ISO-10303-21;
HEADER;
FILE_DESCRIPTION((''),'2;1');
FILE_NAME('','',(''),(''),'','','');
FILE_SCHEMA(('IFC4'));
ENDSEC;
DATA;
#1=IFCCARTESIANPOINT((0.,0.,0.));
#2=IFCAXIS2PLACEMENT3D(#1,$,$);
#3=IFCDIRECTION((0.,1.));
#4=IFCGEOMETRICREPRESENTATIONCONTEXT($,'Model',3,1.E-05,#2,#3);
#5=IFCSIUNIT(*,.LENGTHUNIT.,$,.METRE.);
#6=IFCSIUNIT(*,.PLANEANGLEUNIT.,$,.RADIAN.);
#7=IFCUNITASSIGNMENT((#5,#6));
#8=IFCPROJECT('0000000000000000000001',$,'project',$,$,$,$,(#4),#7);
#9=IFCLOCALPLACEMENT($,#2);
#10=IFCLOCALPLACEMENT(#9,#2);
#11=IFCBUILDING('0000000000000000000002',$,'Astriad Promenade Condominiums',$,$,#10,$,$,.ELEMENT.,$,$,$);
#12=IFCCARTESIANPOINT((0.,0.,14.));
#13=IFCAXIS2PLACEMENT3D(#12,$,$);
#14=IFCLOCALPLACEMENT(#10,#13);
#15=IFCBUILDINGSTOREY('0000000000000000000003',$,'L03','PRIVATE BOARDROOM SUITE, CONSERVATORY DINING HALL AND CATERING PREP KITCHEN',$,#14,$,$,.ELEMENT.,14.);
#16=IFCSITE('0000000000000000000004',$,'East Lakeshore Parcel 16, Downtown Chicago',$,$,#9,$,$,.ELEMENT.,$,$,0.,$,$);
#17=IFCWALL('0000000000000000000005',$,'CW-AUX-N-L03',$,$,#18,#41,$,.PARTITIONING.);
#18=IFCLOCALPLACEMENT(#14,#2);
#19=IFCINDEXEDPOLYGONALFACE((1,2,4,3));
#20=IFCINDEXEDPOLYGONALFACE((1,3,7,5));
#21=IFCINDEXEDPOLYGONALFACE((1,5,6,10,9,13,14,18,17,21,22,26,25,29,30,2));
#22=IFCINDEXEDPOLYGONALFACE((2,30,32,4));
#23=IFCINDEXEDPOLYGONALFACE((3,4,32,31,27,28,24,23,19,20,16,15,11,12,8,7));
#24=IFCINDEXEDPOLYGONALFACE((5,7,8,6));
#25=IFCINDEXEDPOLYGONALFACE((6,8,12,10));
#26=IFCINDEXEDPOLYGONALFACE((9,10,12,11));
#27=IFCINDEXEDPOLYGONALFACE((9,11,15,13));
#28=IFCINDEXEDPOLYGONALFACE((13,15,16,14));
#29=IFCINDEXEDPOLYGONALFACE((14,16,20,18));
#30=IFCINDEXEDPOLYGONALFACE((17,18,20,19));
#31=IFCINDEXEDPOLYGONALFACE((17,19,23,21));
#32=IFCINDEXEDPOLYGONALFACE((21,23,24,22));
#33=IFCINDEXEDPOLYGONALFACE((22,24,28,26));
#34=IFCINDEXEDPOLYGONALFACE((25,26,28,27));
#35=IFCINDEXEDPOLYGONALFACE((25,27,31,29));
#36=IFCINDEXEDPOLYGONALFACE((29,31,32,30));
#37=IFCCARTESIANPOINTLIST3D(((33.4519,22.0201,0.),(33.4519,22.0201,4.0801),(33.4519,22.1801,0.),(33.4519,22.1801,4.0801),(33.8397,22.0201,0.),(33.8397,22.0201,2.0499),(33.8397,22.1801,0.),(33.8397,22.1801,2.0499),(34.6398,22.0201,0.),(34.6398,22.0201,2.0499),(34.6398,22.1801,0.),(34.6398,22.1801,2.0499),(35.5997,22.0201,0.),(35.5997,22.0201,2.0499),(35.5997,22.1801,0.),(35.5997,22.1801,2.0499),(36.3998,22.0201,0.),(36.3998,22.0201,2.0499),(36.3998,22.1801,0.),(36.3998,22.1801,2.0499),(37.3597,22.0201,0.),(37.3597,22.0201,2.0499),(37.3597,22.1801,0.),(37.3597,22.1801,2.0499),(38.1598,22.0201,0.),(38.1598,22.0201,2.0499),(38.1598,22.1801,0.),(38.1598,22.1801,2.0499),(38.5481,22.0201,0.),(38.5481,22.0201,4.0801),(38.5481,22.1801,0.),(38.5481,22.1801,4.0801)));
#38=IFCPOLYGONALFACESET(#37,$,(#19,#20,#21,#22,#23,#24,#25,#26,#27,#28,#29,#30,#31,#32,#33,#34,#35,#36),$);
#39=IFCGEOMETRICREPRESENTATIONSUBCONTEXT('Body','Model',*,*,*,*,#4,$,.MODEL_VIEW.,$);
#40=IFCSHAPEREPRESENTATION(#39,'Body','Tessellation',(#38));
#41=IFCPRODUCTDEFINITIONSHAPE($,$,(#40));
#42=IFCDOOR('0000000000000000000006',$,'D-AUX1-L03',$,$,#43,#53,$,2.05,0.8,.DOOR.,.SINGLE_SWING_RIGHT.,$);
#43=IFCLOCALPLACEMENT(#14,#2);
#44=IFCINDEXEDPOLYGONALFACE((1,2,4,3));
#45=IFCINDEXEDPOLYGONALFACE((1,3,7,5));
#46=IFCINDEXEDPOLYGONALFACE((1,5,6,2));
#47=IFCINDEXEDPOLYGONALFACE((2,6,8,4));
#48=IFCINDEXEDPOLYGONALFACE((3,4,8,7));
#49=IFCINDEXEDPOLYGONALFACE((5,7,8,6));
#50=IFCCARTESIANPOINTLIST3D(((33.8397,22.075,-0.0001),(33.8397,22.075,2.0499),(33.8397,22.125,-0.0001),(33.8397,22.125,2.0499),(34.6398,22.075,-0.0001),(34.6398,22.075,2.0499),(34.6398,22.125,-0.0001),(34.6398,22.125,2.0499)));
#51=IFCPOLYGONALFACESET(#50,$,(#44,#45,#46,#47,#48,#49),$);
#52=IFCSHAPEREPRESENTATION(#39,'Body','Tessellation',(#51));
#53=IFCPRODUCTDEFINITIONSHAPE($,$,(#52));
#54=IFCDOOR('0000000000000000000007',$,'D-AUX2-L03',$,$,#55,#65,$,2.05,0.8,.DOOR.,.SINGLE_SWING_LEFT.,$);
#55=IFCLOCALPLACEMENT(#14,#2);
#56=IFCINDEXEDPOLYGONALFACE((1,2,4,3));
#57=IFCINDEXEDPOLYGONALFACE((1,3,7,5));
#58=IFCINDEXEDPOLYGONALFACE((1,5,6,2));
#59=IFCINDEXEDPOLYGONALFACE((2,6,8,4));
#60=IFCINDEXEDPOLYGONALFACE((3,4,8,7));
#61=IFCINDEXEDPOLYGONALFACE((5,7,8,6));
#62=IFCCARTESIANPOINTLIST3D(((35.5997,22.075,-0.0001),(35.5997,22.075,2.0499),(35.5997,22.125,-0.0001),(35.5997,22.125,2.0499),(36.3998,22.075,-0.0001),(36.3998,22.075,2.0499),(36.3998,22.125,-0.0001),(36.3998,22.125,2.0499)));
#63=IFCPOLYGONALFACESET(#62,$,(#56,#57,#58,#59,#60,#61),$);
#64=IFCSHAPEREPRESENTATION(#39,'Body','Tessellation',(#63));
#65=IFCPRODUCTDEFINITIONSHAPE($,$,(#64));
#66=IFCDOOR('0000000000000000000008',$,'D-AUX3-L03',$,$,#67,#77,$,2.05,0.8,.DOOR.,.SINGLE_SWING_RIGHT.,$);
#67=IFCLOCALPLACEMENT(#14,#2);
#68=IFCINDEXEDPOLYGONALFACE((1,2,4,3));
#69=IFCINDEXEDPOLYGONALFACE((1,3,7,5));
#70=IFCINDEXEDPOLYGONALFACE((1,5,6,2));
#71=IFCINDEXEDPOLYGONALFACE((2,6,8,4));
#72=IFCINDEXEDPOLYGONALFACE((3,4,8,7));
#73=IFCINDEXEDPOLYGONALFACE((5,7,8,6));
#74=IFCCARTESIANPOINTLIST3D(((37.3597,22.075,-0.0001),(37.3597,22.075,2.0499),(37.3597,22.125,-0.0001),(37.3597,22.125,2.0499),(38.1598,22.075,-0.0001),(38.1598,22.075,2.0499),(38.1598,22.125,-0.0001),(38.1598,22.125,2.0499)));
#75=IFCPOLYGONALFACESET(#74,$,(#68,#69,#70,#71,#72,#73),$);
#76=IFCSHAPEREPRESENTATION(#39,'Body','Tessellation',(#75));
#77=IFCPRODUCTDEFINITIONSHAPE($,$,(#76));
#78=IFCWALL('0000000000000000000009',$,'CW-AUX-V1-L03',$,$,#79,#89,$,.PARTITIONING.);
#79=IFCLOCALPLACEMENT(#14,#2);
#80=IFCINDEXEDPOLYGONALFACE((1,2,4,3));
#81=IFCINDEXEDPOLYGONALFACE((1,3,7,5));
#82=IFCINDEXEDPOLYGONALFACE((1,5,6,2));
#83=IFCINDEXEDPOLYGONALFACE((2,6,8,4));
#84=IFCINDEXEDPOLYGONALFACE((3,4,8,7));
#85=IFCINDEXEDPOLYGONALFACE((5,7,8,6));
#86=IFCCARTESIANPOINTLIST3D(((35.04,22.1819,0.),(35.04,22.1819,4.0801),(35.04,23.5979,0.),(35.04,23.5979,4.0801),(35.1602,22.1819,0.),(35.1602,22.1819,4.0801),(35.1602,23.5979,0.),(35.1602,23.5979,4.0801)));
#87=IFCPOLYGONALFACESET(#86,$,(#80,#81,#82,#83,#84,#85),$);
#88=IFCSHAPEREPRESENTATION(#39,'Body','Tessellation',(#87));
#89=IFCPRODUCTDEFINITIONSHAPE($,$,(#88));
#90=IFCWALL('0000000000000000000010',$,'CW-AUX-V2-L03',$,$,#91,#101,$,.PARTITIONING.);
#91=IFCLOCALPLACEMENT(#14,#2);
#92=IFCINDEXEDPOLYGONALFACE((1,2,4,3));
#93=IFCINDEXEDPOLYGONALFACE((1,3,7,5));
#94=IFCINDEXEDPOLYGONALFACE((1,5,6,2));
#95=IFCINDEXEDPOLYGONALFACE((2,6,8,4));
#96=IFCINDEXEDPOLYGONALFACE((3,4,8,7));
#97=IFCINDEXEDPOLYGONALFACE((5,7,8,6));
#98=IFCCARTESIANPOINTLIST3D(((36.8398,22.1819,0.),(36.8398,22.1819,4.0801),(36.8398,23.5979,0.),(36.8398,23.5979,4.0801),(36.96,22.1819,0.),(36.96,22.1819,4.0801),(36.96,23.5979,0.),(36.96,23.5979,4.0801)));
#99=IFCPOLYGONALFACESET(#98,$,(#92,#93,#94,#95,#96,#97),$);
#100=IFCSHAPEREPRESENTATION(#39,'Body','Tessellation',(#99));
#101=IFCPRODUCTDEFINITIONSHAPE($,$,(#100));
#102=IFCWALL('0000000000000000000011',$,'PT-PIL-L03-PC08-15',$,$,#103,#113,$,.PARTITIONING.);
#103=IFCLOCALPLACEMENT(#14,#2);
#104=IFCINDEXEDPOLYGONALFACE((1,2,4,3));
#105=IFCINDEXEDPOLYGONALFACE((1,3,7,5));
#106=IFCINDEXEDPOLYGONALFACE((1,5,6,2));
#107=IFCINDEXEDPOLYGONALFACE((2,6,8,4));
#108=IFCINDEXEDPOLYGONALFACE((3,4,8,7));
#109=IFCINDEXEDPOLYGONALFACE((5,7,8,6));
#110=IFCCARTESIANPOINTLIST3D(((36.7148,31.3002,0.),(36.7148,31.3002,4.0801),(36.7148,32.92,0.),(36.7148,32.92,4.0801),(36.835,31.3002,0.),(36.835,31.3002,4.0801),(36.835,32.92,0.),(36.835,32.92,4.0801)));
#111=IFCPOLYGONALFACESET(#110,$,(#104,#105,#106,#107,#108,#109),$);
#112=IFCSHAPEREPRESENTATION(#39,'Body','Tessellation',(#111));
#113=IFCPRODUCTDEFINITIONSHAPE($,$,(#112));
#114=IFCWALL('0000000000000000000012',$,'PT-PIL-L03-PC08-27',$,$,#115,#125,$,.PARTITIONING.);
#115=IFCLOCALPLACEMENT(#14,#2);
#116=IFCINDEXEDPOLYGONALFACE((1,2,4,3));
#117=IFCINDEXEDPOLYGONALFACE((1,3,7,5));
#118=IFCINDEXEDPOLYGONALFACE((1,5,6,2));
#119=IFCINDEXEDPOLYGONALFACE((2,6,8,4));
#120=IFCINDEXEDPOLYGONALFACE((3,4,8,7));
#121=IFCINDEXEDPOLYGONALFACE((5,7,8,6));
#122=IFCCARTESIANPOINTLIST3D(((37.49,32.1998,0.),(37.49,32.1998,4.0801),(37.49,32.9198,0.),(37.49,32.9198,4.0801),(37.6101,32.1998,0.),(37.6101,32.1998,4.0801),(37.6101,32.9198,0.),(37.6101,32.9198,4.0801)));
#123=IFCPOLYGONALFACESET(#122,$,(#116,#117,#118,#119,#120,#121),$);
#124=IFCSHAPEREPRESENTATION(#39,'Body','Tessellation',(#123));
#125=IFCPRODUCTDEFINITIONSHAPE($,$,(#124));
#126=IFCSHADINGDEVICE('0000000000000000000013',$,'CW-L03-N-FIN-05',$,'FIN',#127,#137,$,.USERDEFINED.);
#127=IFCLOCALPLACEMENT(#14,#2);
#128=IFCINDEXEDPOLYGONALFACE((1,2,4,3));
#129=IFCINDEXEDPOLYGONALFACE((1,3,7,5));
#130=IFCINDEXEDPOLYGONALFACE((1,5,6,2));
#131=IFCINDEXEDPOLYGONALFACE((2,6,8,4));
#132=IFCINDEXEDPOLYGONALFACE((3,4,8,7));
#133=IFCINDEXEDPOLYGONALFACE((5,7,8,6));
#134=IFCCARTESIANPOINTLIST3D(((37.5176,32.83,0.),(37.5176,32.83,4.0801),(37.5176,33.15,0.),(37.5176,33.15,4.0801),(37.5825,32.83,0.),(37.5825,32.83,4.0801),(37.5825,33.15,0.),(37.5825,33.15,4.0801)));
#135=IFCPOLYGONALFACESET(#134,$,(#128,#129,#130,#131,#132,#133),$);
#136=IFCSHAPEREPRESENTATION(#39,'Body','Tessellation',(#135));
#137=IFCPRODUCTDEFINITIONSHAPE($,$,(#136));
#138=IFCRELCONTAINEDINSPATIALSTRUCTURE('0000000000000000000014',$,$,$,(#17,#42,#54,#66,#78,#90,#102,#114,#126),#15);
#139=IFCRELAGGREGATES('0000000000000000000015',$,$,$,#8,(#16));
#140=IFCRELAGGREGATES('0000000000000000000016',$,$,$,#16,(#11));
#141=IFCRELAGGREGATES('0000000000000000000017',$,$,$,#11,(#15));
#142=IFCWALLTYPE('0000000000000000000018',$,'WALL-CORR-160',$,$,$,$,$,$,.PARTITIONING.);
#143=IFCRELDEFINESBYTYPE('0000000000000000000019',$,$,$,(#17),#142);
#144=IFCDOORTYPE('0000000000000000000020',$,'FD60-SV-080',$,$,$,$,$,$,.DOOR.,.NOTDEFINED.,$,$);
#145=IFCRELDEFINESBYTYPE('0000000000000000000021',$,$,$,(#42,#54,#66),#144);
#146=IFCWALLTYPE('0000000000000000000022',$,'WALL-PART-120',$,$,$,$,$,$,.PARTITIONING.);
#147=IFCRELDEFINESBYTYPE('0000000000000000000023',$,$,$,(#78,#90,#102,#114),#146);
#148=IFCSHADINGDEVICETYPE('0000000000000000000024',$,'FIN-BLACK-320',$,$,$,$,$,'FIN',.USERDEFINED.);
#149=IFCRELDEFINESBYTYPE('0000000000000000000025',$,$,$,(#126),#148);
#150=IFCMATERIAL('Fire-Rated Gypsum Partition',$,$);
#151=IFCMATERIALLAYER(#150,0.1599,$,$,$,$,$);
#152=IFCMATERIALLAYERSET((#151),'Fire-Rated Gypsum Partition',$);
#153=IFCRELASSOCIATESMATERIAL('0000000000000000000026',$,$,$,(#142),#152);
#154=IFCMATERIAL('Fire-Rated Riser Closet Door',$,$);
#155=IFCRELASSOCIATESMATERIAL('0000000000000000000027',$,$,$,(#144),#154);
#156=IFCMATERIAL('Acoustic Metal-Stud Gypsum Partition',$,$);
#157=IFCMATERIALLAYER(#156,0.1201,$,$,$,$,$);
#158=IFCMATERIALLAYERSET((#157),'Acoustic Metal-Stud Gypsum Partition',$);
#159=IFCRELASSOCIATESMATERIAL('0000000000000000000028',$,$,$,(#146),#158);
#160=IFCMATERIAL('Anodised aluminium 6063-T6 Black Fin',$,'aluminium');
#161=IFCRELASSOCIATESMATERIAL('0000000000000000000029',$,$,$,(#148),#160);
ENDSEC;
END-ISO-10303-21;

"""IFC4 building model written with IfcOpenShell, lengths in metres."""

from ifc_helpers import new_model, si_unit, direction, frame, frame_2d, origin, origin_2d, place, context, subcontext, project, spatial, rectangle, extrude, source, transform, mapped, material, layer, layer_set, type_object, type_shapes, element, fill, save


model = new_model("IFC4")

# Units and contexts
model_context = context("Model", 3, precision=1e-05, world=origin(), true_north=direction((0.0, 1.0)))
body_context = subcontext(model_context, "Body", "Model", "MODEL_VIEW")
ifc_project = project(units=[si_unit("LENGTHUNIT", "METRE"), si_unit("PLANEANGLEUNIT", "RADIAN")], contexts=[model_context])

# Site, building, storey
site_placement = place(None, origin())
site = spatial("IfcSite", under=ifc_project, at=site_placement, Name="East Lakeshore Parcel 16, Downtown Chicago", CompositionType="ELEMENT", RefElevation=0.0)
building_placement = place(site_placement, origin())
building = spatial("IfcBuilding", under=site, at=building_placement, Name="Astriad Promenade Condominiums", CompositionType="ELEMENT")
storey_placement = place(building_placement, frame((0.0, 0.0, 14.0)))
storey = spatial("IfcBuildingStorey", under=building, at=storey_placement, Name="L03", Description="PRIVATE BOARDROOM SUITE, CONSERVATORY DINING HALL AND CATERING PREP KITCHEN", CompositionType="ELEMENT", Elevation=14.0)

# Wall, openings, doors
ifc_material_1 = material(Name="Fire-Rated Gypsum Partition")
ifc_layer_1 = layer(ifc_material_1, 0.1599)
ifc_layer_set_1 = layer_set([ifc_layer_1], Name="Fire-Rated Gypsum Partition")
wall_type_1 = type_object("IfcWallType", Name="WALL-CORR-160", PredefinedType="PARTITIONING", material=ifc_layer_set_1)
wall_1_placement = place(storey_placement, frame((33.4519, 22.1001, 0.0), z_axis=(0.0, 0.0, 1.0), x_axis=(1.0, 0.0, 0.0)))
wall_1 = element("IfcWall", 1, at=wall_1_placement, inside=storey, type_object=wall_type_1, Name="CW-AUX-N-L03", PredefinedType="PARTITIONING", context=body_context, shape_type="SweptSolid", body=[
    extrude(rectangle(XDim=5.0962, YDim=0.1599, at=frame_2d((2.5481, 0.0))), origin(), (0.0, 0.0, 1.0), 4.0801),
])
opening_1_placement = place(wall_1_placement, frame((0.3879, 0.0, 0.0)))
opening_1 = element("IfcOpeningElement", 2, at=opening_1_placement, cuts=wall_1, PredefinedType="OPENING", context=body_context, shape_type="SweptSolid", body=[
    extrude(rectangle(XDim=0.8, YDim=2.05, at=frame_2d((0.3999, 1.0249))), frame((0.0, 0.0898, 0.0), z_axis=(0.0, -1.0, 0.0), x_axis=(1.0, 0.0, 0.0)), (0.0, 0.0, 1.0), 0.1799),
])
opening_2_placement = place(wall_1_placement, frame((2.1479, 0.0, 0.0)))
opening_2 = element("IfcOpeningElement", 3, at=opening_2_placement, cuts=wall_1, PredefinedType="OPENING", context=body_context, shape_type="SweptSolid", body=[
    extrude(rectangle(XDim=0.8, YDim=2.05, at=frame_2d((0.3999, 1.0249))), frame((0.0, 0.0898, 0.0), z_axis=(0.0, -1.0, 0.0), x_axis=(1.0, 0.0, 0.0)), (0.0, 0.0, 1.0), 0.1799),
])
opening_3_placement = place(wall_1_placement, frame((3.908, 0.0, 0.0)))
opening_3 = element("IfcOpeningElement", 4, at=opening_3_placement, cuts=wall_1, PredefinedType="OPENING", context=body_context, shape_type="SweptSolid", body=[
    extrude(rectangle(XDim=0.8, YDim=2.05, at=frame_2d((0.3999, 1.0249))), frame((0.0, 0.0898, 0.0), z_axis=(0.0, -1.0, 0.0), x_axis=(1.0, 0.0, 0.0)), (0.0, 0.0, 1.0), 0.1799),
])
ifc_material_2 = material(Name="Fire-Rated Riser Closet Door")
door_type_1 = type_object("IfcDoorType", Name="FD60-SV-080", OperationType="NOTDEFINED", PredefinedType="DOOR", material=ifc_material_2)
shared_shape_1 = source(origin(), body_context, "Body", "SweptSolid", [
    extrude(rectangle(XDim=0.8, YDim=2.05, at=frame_2d((0.3999, 1.0249))), frame((0.0, 0.0249, 0.0), z_axis=(0.0, -1.0, 0.0), x_axis=(1.0, 0.0, 0.0)), (0.0, 0.0, 1.0), 0.05),
])
type_shapes(door_type_1, [shared_shape_1])
door_1_placement = place(opening_1_placement, origin())
door_1 = element("IfcDoor", 5, at=door_1_placement, inside=storey, type_object=door_type_1, Name="D-AUX1-L03", OperationType="SINGLE_SWING_RIGHT", OverallHeight=2.05, OverallWidth=0.8, PredefinedType="DOOR", context=body_context, shape_type="MappedRepresentation", body=[
    mapped(shared_shape_1, transform((0.0, 0.0, 0.0), scale=1.0)),
])
fill(opening_1, door_1)
door_2_placement = place(opening_2_placement, origin())
door_2 = element("IfcDoor", 6, at=door_2_placement, inside=storey, type_object=door_type_1, Name="D-AUX2-L03", OperationType="SINGLE_SWING_LEFT", OverallHeight=2.05, OverallWidth=0.8, PredefinedType="DOOR", context=body_context, shape_type="MappedRepresentation", body=[
    mapped(shared_shape_1, transform((0.0, 0.0, 0.0), scale=1.0)),
])
fill(opening_2, door_2)
door_3_placement = place(opening_3_placement, origin())
door_3 = element("IfcDoor", 7, at=door_3_placement, inside=storey, type_object=door_type_1, Name="D-AUX3-L03", OperationType="SINGLE_SWING_RIGHT", OverallHeight=2.05, OverallWidth=0.8, PredefinedType="DOOR", context=body_context, shape_type="MappedRepresentation", body=[
    mapped(shared_shape_1, transform((0.0, 0.0, 0.0), scale=1.0)),
])
fill(opening_3, door_3)

# Walls
ifc_material_3 = material(Name="Acoustic Metal-Stud Gypsum Partition")
ifc_layer_2 = layer(ifc_material_3, 0.1201)
ifc_layer_set_2 = layer_set([ifc_layer_2], Name="Acoustic Metal-Stud Gypsum Partition")
wall_type_2 = type_object("IfcWallType", Name="WALL-PART-120", PredefinedType="PARTITIONING", material=ifc_layer_set_2)
for number, where, z_axis, x_axis, name in (
    (8, (35.1001, 22.1819, 0.0), (0.0, 0.0, 1.0), (0.0, 1.0, 0.0), "CW-AUX-V1-L03"),
    (9, (36.8999, 22.1819, 0.0), (0.0, 0.0, 1.0), (0.0, 1.0, 0.0), "CW-AUX-V2-L03"),
):
    element("IfcWall", number, at=place(storey_placement, frame(where, z_axis=z_axis, x_axis=x_axis)), inside=storey, type_object=wall_type_2, Name=name, PredefinedType="PARTITIONING", context=body_context, shape_type="SweptSolid", body=[
        extrude(rectangle(XDim=1.416, YDim=0.1201, at=frame_2d((0.708, 0.0))), origin(), (0.0, 0.0, 1.0), 4.0801),
    ])
wall_2_placement = place(storey_placement, frame((36.7749, 31.3, 0.0), z_axis=(0.0, 0.0, 1.0), x_axis=(0.0, 1.0, 0.0)))
element("IfcWall", 10, at=wall_2_placement, inside=storey, type_object=wall_type_2, Name="PT-PIL-L03-PC08-15", PredefinedType="PARTITIONING", context=body_context, shape_type="SweptSolid", body=[
    extrude(rectangle(XDim=1.6199, YDim=0.1201, at=frame_2d((0.8101, 0.0))), origin(), (0.0, 0.0, 1.0), 4.0801),
])
wall_3_placement = place(storey_placement, frame((37.55, 32.2, 0.0), z_axis=(0.0, 0.0, 1.0), x_axis=(0.0, 1.0, 0.0)))
element("IfcWall", 11, at=wall_3_placement, inside=storey, type_object=wall_type_2, Name="PT-PIL-L03-PC08-27", PredefinedType="PARTITIONING", context=body_context, shape_type="SweptSolid", body=[
    extrude(rectangle(XDim=0.72, YDim=0.1201, at=frame_2d((0.3599, 0.0))), origin(), (0.0, 0.0, 1.0), 4.0801),
])

# Shading device
ifc_material_4 = material(Name="Anodised aluminium 6063-T6 Black Fin", Category="aluminium")
shading_device_type = type_object("IfcShadingDeviceType", Name="FIN-BLACK-320", ElementType="FIN", PredefinedType="USERDEFINED", material=ifc_material_4)
shared_shape_2 = source(origin(), body_context, "Body", "SweptSolid", [
    extrude(rectangle(XDim=0.0649, YDim=0.3201, at=origin_2d()), origin(), (0.0, 0.0, 1.0), 4.0801),
])
type_shapes(shading_device_type, [shared_shape_2])
shading_device_placement = place(storey_placement, frame((37.55, 32.99, 0.0), z_axis=(0.0, 0.0, 1.0), x_axis=(1.0, 0.0, 0.0)))
element("IfcShadingDevice", 12, at=shading_device_placement, inside=storey, type_object=shading_device_type, Name="CW-L03-N-FIN-05", ObjectType="FIN", PredefinedType="USERDEFINED", context=body_context, shape_type="MappedRepresentation", body=[
    mapped(shared_shape_2, transform((0.0, 0.0, 0.0), scale=1.0)),
])

save(model, "model.ifc")
